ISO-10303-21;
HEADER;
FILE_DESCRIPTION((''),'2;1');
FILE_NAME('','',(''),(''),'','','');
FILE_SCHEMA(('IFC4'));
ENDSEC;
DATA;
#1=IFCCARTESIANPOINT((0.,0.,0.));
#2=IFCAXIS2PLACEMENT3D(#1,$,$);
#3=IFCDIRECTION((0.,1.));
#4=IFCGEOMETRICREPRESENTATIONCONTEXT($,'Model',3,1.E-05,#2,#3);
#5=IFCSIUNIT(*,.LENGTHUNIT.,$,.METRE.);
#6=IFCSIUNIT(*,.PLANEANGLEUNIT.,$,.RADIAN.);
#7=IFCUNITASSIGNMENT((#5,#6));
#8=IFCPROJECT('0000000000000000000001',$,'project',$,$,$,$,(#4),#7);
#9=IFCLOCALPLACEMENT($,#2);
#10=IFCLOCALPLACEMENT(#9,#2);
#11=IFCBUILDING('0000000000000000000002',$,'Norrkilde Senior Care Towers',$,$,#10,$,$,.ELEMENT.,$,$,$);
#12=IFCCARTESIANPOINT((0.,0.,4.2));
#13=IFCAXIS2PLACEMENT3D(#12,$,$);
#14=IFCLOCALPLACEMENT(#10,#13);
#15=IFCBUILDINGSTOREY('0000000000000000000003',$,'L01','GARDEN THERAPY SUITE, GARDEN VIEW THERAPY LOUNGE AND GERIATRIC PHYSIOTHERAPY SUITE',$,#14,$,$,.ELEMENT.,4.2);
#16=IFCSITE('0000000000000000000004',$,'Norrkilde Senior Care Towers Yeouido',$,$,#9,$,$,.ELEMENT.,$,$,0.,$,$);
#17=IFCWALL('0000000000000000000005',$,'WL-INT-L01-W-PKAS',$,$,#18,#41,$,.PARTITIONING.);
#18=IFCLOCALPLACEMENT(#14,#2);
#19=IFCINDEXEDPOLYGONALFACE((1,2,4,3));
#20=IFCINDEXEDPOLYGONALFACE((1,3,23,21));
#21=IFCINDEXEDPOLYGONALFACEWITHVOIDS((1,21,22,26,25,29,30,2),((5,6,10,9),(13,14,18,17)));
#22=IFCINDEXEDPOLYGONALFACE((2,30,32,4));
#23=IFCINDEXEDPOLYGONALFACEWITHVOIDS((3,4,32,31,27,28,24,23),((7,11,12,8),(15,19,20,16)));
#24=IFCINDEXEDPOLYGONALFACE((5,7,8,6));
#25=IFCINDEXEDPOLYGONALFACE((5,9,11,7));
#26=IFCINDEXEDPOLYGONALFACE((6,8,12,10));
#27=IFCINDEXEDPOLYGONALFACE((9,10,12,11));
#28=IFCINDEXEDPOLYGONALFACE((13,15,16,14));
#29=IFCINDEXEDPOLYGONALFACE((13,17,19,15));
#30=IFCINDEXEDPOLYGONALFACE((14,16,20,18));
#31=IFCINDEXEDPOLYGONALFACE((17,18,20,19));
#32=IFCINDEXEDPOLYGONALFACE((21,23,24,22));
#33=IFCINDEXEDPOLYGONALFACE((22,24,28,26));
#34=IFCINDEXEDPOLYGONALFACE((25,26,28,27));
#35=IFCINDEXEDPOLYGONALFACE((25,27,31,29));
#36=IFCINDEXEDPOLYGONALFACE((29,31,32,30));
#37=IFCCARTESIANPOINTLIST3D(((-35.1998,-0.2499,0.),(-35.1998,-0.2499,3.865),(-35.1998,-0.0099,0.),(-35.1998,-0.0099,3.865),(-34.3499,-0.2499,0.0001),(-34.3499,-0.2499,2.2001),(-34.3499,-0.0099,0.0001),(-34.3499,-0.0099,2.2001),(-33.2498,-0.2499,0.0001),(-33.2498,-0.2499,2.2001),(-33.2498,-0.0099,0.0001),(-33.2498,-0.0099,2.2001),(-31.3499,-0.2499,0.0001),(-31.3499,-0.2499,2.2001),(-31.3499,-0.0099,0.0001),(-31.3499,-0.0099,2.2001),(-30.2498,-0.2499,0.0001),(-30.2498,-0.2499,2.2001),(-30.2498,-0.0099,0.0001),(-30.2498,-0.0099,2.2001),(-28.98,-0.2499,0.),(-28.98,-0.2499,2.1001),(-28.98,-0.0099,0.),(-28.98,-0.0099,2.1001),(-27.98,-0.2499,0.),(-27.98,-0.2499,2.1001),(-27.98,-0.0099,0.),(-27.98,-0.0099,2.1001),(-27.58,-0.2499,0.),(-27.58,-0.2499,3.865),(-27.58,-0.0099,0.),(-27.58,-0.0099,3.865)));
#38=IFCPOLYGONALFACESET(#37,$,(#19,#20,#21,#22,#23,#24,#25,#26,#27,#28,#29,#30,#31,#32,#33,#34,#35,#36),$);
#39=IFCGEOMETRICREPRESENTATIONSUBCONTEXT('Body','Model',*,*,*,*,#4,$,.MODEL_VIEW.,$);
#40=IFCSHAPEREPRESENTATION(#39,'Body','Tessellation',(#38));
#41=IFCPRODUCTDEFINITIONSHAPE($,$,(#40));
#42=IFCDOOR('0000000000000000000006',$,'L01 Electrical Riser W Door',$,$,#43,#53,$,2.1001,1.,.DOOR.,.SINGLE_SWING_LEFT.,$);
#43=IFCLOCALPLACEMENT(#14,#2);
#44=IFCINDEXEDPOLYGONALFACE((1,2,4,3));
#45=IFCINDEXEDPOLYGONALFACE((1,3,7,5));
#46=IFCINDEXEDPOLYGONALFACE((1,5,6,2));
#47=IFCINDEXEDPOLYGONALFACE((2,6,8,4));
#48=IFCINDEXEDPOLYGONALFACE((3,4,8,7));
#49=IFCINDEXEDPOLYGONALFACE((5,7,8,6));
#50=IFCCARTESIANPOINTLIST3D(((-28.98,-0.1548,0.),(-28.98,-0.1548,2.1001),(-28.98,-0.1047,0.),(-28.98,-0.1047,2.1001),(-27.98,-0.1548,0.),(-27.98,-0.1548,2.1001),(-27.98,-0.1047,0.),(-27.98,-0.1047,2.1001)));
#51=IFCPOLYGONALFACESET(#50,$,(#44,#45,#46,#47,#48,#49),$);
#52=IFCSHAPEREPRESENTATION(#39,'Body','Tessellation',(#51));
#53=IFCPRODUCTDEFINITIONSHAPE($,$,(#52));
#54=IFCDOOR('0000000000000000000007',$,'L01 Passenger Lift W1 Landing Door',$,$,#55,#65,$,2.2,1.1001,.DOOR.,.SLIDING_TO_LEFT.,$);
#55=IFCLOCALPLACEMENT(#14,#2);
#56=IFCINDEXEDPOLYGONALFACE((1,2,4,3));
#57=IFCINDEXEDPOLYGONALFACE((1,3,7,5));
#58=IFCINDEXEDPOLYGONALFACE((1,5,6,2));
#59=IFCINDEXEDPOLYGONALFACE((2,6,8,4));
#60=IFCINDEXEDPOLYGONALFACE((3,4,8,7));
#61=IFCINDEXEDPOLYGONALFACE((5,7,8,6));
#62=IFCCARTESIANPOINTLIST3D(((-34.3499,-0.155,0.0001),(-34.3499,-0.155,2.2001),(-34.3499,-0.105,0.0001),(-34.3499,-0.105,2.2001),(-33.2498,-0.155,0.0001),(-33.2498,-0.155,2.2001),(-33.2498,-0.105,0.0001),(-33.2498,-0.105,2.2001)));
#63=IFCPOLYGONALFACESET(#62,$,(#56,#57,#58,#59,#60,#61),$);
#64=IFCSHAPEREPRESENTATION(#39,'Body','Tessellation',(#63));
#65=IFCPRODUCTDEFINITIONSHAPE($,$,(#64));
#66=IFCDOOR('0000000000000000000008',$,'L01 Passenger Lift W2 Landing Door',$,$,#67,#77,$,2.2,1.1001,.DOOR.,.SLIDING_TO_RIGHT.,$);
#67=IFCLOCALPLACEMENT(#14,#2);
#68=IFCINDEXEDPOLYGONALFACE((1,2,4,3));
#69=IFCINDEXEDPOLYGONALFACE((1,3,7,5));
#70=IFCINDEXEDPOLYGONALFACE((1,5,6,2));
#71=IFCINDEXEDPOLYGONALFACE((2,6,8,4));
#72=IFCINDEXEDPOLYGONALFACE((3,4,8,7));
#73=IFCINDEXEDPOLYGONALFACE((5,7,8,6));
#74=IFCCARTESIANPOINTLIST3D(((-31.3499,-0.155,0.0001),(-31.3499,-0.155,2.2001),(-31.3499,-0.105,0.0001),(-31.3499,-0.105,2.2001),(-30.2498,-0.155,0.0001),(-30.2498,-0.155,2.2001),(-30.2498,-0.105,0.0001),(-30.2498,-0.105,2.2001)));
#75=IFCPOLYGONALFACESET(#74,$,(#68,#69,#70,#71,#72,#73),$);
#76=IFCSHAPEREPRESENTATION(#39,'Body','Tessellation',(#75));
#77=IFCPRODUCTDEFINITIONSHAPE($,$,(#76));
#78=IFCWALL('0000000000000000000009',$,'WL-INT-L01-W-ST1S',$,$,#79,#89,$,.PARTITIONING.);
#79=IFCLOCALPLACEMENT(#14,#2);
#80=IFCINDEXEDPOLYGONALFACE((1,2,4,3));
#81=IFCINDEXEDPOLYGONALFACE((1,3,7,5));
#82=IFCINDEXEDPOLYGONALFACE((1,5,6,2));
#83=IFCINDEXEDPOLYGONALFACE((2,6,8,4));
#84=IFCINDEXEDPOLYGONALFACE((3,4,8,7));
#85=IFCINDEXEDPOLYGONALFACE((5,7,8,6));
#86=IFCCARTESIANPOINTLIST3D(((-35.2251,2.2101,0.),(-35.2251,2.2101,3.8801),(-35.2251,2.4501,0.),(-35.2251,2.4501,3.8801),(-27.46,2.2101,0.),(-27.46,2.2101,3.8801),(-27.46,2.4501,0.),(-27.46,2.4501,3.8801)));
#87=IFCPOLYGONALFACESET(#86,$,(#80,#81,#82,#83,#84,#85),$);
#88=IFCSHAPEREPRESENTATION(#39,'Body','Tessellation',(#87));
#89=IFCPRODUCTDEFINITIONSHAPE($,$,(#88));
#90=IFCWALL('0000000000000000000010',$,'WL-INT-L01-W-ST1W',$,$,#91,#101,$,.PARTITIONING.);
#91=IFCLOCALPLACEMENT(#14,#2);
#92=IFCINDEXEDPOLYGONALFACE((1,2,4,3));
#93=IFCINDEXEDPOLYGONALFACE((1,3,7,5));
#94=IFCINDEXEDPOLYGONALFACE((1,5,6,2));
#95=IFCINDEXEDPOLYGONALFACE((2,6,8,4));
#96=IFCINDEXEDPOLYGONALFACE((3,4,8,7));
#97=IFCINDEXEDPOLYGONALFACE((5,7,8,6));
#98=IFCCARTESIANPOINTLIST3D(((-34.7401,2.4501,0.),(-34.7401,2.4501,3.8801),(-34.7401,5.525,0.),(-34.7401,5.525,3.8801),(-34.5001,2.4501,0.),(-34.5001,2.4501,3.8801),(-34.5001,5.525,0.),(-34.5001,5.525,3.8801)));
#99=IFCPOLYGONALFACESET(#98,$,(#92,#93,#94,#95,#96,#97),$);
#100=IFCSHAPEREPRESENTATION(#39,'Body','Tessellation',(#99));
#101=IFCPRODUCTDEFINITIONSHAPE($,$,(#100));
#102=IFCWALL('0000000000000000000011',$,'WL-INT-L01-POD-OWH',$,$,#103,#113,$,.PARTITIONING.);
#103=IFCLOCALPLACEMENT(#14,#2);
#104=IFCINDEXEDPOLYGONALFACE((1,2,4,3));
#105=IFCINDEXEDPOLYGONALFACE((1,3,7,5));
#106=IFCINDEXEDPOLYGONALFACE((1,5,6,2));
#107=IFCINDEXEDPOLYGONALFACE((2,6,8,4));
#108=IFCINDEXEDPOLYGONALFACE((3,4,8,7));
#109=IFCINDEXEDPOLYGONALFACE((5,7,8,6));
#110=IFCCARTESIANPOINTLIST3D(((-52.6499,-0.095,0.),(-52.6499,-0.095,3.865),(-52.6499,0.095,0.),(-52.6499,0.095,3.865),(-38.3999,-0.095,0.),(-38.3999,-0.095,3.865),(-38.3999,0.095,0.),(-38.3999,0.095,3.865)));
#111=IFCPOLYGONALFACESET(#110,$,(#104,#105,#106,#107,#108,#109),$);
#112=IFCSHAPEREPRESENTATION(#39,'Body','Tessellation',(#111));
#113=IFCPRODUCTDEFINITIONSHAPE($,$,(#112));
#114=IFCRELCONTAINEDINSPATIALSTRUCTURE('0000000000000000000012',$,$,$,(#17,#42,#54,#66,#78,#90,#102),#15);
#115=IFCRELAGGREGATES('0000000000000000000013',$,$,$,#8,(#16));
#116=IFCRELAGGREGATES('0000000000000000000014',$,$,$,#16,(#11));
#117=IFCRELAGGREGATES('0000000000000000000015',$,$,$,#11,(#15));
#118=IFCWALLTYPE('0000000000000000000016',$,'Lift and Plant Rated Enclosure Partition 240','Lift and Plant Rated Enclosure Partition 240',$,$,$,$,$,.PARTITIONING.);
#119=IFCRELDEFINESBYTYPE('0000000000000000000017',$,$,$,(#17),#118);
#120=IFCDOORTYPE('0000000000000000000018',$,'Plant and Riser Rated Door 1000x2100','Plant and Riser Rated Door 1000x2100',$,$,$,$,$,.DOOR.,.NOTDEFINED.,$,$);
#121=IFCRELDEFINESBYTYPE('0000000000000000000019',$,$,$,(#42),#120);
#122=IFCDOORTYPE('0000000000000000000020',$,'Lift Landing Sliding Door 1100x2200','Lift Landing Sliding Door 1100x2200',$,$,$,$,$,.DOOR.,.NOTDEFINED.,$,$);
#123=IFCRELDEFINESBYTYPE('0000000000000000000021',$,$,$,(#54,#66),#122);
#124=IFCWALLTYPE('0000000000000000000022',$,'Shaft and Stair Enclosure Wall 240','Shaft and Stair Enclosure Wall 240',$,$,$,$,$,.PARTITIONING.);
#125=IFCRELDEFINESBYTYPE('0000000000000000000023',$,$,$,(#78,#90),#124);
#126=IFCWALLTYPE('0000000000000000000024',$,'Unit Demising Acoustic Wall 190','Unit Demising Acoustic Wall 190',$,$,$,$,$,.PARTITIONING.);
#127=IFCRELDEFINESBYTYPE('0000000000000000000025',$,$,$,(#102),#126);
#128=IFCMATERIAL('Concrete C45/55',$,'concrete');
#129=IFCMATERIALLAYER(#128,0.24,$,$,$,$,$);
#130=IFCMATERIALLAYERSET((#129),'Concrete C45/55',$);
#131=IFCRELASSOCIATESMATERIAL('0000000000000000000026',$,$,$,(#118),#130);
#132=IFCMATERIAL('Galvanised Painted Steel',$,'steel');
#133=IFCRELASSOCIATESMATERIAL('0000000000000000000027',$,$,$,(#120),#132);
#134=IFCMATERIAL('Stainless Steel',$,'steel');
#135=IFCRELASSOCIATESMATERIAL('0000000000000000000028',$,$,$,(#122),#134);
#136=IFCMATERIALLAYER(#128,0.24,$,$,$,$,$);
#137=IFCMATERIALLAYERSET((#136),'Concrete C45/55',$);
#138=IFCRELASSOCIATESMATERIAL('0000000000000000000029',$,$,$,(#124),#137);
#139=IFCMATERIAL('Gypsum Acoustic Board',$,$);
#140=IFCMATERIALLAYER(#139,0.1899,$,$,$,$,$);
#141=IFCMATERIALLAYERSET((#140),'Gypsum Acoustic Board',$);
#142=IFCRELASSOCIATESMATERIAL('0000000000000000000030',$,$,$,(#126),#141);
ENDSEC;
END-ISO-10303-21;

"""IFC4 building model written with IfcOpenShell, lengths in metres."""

from ifc_helpers import new_model, si_unit, direction, frame, frame_2d, origin, place, context, subcontext, project, spatial, rectangle, extrude, source, transform, mapped, material, layer, layer_set, type_object, type_shapes, element, fill, save


model = new_model("IFC4")

# Units and contexts
model_context = context("Model", 3, precision=1e-05, world=origin(), true_north=direction((0.0, 1.0)))
body_context = subcontext(model_context, "Body", "Model", "MODEL_VIEW")
ifc_project = project(units=[si_unit("LENGTHUNIT", "METRE"), si_unit("PLANEANGLEUNIT", "RADIAN")], contexts=[model_context])

# Site, building, storey
site_placement = place(None, origin())
site = spatial("IfcSite", under=ifc_project, at=site_placement, Name="Norrkilde Senior Care Towers Yeouido", CompositionType="ELEMENT", RefElevation=0.0)
building_placement = place(site_placement, origin())
building = spatial("IfcBuilding", under=site, at=building_placement, Name="Norrkilde Senior Care Towers", CompositionType="ELEMENT")
storey_placement = place(building_placement, frame((0.0, 0.0, 4.2)))
storey = spatial("IfcBuildingStorey", under=building, at=storey_placement, Name="L01", Description="GARDEN THERAPY SUITE, GARDEN VIEW THERAPY LOUNGE AND GERIATRIC PHYSIOTHERAPY SUITE", CompositionType="ELEMENT", Elevation=4.2)

# Wall, openings, doors
ifc_material_1 = material(Name="Concrete C45/55", Category="concrete")
ifc_layer_1 = layer(ifc_material_1, 0.24)
ifc_layer_set_1 = layer_set([ifc_layer_1], Name="Concrete C45/55")
wall_type_1 = type_object("IfcWallType", Name="Lift and Plant Rated Enclosure Partition 240", Description="Lift and Plant Rated Enclosure Partition 240", PredefinedType="PARTITIONING", material=ifc_layer_set_1)
shared_shape_1 = source(origin(), body_context, "Body", "SweptSolid", [
    extrude(rectangle(XDim=7.6199, YDim=0.24, at=frame_2d((3.8101, 0.0))), origin(), (0.0, 0.0, 1.0), 3.865),
])
type_shapes(wall_type_1, [shared_shape_1])
wall_1_placement = place(storey_placement, frame((-35.2, -0.1299, 0.0), z_axis=(0.0, 0.0, 1.0), x_axis=(1.0, 0.0, 0.0)))
wall_1 = element("IfcWall", 1, at=wall_1_placement, inside=storey, type_object=wall_type_1, Name="WL-INT-L01-W-PKAS", PredefinedType="PARTITIONING", context=body_context, shape_type="MappedRepresentation", body=[
    mapped(shared_shape_1, transform((0.0, 0.0, 0.0), x_axis=(1.0, 0.0, 0.0), y_axis=(0.0, 1.0, 0.0), z_axis=(0.0, 0.0, 1.0), scale=1.0)),
])
opening_1_placement = place(wall_1_placement, frame((6.22, 0.0, 0.0)))
opening_1 = element("IfcOpeningElement", 2, at=opening_1_placement, cuts=wall_1, PredefinedType="OPENING", context=body_context, shape_type="SweptSolid", body=[
    extrude(rectangle(XDim=1.0, YDim=2.1001, at=frame_2d((0.5, 1.05))), frame((0.0, 0.1299, 0.0), z_axis=(0.0, -1.0, 0.0), x_axis=(1.0, 0.0, 0.0)), (0.0, 0.0, 1.0), 0.26),
])
opening_2_placement = place(wall_1_placement, frame((0.8501, 0.0, 0.0)))
opening_2 = element("IfcOpeningElement", 3, at=opening_2_placement, cuts=wall_1, PredefinedType="OPENING", context=body_context, shape_type="SweptSolid", body=[
    extrude(rectangle(XDim=1.1001, YDim=2.2, at=frame_2d((0.55, 1.1001))), frame((0.0, 0.1299, 0.0), z_axis=(0.0, -1.0, 0.0), x_axis=(1.0, 0.0, 0.0)), (0.0, 0.0, 1.0), 0.26),
])
opening_3_placement = place(wall_1_placement, frame((3.8501, 0.0, 0.0)))
opening_3 = element("IfcOpeningElement", 4, at=opening_3_placement, cuts=wall_1, PredefinedType="OPENING", context=body_context, shape_type="SweptSolid", body=[
    extrude(rectangle(XDim=1.1001, YDim=2.2, at=frame_2d((0.55, 1.1001))), frame((0.0, 0.1299, 0.0), z_axis=(0.0, -1.0, 0.0), x_axis=(1.0, 0.0, 0.0)), (0.0, 0.0, 1.0), 0.26),
])
ifc_material_2 = material(Name="Galvanised Painted Steel", Category="steel")
door_type_1 = type_object("IfcDoorType", Name="Plant and Riser Rated Door 1000x2100", Description="Plant and Riser Rated Door 1000x2100", OperationType="NOTDEFINED", PredefinedType="DOOR", material=ifc_material_2)
shared_shape_2 = source(origin(), body_context, "Body", "SweptSolid", [
    extrude(rectangle(XDim=1.0, YDim=2.1001, at=frame_2d((0.5, 1.05))), frame((0.0, 0.0249, 0.0), z_axis=(0.0, -1.0, 0.0), x_axis=(1.0, 0.0, 0.0)), (0.0, 0.0, 1.0), 0.05),
])
type_shapes(door_type_1, [shared_shape_2])
door_1_placement = place(opening_1_placement, frame((1.0, 0.0, 0.0), z_axis=(0.0, 0.0, 1.0), x_axis=(-1.0, 0.0, 0.0)))
door_1 = element("IfcDoor", 5, at=door_1_placement, inside=storey, type_object=door_type_1, Name="L01 Electrical Riser W Door", OperationType="SINGLE_SWING_LEFT", OverallHeight=2.1001, OverallWidth=1.0, PredefinedType="DOOR", context=body_context, shape_type="MappedRepresentation", body=[
    mapped(shared_shape_2, transform((0.0, 0.0, 0.0), x_axis=(1.0, 0.0, 0.0), y_axis=(0.0, 1.0, 0.0), z_axis=(0.0, 0.0, 1.0), scale=1.0)),
])
fill(opening_1, door_1)
ifc_material_3 = material(Name="Stainless Steel", Category="steel")
door_type_2 = type_object("IfcDoorType", Name="Lift Landing Sliding Door 1100x2200", Description="Lift Landing Sliding Door 1100x2200", OperationType="NOTDEFINED", PredefinedType="DOOR", material=ifc_material_3)
shared_shape_3 = source(origin(), body_context, "Body", "SweptSolid", [
    extrude(rectangle(XDim=1.1001, YDim=2.2, at=frame_2d((0.55, 1.1001))), frame((0.0, 0.0249, 0.0), z_axis=(0.0, -1.0, 0.0), x_axis=(1.0, 0.0, 0.0)), (0.0, 0.0, 1.0), 0.05),
])
type_shapes(door_type_2, [shared_shape_3])
door_2_placement = place(opening_2_placement, origin())
door_2 = element("IfcDoor", 6, at=door_2_placement, inside=storey, type_object=door_type_2, Name="L01 Passenger Lift W1 Landing Door", OperationType="SLIDING_TO_LEFT", OverallHeight=2.2, OverallWidth=1.1001, PredefinedType="DOOR", context=body_context, shape_type="MappedRepresentation", body=[
    mapped(shared_shape_3, transform((0.0, 0.0, 0.0), x_axis=(1.0, 0.0, 0.0), y_axis=(0.0, 1.0, 0.0), z_axis=(0.0, 0.0, 1.0), scale=1.0)),
])
fill(opening_2, door_2)
door_3_placement = place(opening_3_placement, origin())
door_3 = element("IfcDoor", 7, at=door_3_placement, inside=storey, type_object=door_type_2, Name="L01 Passenger Lift W2 Landing Door", OperationType="SLIDING_TO_RIGHT", OverallHeight=2.2, OverallWidth=1.1001, PredefinedType="DOOR", context=body_context, shape_type="MappedRepresentation", body=[
    mapped(shared_shape_3, transform((0.0, 0.0, 0.0), x_axis=(1.0, 0.0, 0.0), y_axis=(0.0, 1.0, 0.0), z_axis=(0.0, 0.0, 1.0), scale=1.0)),
])
fill(opening_3, door_3)

# Walls
ifc_layer_2 = layer(ifc_material_1, 0.24)
ifc_layer_set_2 = layer_set([ifc_layer_2], Name="Concrete C45/55")
wall_type_2 = type_object("IfcWallType", Name="Shaft and Stair Enclosure Wall 240", Description="Shaft and Stair Enclosure Wall 240", PredefinedType="PARTITIONING", material=ifc_layer_set_2)
shared_shape_4 = source(origin(), body_context, "Body", "SweptSolid", [
    extrude(rectangle(XDim=7.7651, YDim=0.24, at=frame_2d((3.8826, 0.0))), origin(), (0.0, 0.0, 1.0), 3.8801),
])
wall_2_placement = place(storey_placement, frame((-35.2251, 2.3301, 0.0), z_axis=(0.0, 0.0, 1.0), x_axis=(1.0, 0.0, 0.0)))
element("IfcWall", 8, at=wall_2_placement, inside=storey, type_object=wall_type_2, Name="WL-INT-L01-W-ST1S", PredefinedType="PARTITIONING", context=body_context, shape_type="MappedRepresentation", body=[
    mapped(shared_shape_4, transform((0.0, 0.0, 0.0), x_axis=(1.0, 0.0, 0.0), y_axis=(0.0, 1.0, 0.0), z_axis=(0.0, 0.0, 1.0), scale=1.0)),
])
shared_shape_5 = source(origin(), body_context, "Body", "SweptSolid", [
    extrude(rectangle(XDim=3.075, YDim=0.24, at=frame_2d((1.5376, 0.0))), origin(), (0.0, 0.0, 1.0), 3.8801),
])
type_shapes(wall_type_2, [shared_shape_4, shared_shape_5])
wall_3_placement = place(storey_placement, frame((-34.6201, 2.45, 0.0), z_axis=(0.0, 0.0, 1.0), x_axis=(0.0, 1.0, 0.0)))
element("IfcWall", 9, at=wall_3_placement, inside=storey, type_object=wall_type_2, Name="WL-INT-L01-W-ST1W", PredefinedType="PARTITIONING", context=body_context, shape_type="MappedRepresentation", body=[
    mapped(shared_shape_5, transform((0.0, 0.0, 0.0), x_axis=(1.0, 0.0, 0.0), y_axis=(0.0, 1.0, 0.0), z_axis=(0.0, 0.0, 1.0), scale=1.0)),
])
ifc_material_4 = material(Name="Gypsum Acoustic Board")
ifc_layer_3 = layer(ifc_material_4, 0.1899)
ifc_layer_set_3 = layer_set([ifc_layer_3], Name="Gypsum Acoustic Board")
wall_type_3 = type_object("IfcWallType", Name="Unit Demising Acoustic Wall 190", Description="Unit Demising Acoustic Wall 190", PredefinedType="PARTITIONING", material=ifc_layer_set_3)
shared_shape_6 = source(origin(), body_context, "Body", "SweptSolid", [
    extrude(rectangle(XDim=14.25, YDim=0.1899, at=frame_2d((7.125, 0.0))), origin(), (0.0, 0.0, 1.0), 3.865),
])
type_shapes(wall_type_3, [shared_shape_6])
wall_4_placement = place(storey_placement, frame((-52.6499, 0.0, 0.0), z_axis=(0.0, 0.0, 1.0), x_axis=(1.0, 0.0, 0.0)))
element("IfcWall", 10, at=wall_4_placement, inside=storey, type_object=wall_type_3, Name="WL-INT-L01-POD-OWH", PredefinedType="PARTITIONING", context=body_context, shape_type="MappedRepresentation", body=[
    mapped(shared_shape_6, transform((0.0, 0.0, 0.0), x_axis=(1.0, 0.0, 0.0), y_axis=(0.0, 1.0, 0.0), z_axis=(0.0, 0.0, 1.0), scale=1.0)),
])

save(model, "model.ifc")
